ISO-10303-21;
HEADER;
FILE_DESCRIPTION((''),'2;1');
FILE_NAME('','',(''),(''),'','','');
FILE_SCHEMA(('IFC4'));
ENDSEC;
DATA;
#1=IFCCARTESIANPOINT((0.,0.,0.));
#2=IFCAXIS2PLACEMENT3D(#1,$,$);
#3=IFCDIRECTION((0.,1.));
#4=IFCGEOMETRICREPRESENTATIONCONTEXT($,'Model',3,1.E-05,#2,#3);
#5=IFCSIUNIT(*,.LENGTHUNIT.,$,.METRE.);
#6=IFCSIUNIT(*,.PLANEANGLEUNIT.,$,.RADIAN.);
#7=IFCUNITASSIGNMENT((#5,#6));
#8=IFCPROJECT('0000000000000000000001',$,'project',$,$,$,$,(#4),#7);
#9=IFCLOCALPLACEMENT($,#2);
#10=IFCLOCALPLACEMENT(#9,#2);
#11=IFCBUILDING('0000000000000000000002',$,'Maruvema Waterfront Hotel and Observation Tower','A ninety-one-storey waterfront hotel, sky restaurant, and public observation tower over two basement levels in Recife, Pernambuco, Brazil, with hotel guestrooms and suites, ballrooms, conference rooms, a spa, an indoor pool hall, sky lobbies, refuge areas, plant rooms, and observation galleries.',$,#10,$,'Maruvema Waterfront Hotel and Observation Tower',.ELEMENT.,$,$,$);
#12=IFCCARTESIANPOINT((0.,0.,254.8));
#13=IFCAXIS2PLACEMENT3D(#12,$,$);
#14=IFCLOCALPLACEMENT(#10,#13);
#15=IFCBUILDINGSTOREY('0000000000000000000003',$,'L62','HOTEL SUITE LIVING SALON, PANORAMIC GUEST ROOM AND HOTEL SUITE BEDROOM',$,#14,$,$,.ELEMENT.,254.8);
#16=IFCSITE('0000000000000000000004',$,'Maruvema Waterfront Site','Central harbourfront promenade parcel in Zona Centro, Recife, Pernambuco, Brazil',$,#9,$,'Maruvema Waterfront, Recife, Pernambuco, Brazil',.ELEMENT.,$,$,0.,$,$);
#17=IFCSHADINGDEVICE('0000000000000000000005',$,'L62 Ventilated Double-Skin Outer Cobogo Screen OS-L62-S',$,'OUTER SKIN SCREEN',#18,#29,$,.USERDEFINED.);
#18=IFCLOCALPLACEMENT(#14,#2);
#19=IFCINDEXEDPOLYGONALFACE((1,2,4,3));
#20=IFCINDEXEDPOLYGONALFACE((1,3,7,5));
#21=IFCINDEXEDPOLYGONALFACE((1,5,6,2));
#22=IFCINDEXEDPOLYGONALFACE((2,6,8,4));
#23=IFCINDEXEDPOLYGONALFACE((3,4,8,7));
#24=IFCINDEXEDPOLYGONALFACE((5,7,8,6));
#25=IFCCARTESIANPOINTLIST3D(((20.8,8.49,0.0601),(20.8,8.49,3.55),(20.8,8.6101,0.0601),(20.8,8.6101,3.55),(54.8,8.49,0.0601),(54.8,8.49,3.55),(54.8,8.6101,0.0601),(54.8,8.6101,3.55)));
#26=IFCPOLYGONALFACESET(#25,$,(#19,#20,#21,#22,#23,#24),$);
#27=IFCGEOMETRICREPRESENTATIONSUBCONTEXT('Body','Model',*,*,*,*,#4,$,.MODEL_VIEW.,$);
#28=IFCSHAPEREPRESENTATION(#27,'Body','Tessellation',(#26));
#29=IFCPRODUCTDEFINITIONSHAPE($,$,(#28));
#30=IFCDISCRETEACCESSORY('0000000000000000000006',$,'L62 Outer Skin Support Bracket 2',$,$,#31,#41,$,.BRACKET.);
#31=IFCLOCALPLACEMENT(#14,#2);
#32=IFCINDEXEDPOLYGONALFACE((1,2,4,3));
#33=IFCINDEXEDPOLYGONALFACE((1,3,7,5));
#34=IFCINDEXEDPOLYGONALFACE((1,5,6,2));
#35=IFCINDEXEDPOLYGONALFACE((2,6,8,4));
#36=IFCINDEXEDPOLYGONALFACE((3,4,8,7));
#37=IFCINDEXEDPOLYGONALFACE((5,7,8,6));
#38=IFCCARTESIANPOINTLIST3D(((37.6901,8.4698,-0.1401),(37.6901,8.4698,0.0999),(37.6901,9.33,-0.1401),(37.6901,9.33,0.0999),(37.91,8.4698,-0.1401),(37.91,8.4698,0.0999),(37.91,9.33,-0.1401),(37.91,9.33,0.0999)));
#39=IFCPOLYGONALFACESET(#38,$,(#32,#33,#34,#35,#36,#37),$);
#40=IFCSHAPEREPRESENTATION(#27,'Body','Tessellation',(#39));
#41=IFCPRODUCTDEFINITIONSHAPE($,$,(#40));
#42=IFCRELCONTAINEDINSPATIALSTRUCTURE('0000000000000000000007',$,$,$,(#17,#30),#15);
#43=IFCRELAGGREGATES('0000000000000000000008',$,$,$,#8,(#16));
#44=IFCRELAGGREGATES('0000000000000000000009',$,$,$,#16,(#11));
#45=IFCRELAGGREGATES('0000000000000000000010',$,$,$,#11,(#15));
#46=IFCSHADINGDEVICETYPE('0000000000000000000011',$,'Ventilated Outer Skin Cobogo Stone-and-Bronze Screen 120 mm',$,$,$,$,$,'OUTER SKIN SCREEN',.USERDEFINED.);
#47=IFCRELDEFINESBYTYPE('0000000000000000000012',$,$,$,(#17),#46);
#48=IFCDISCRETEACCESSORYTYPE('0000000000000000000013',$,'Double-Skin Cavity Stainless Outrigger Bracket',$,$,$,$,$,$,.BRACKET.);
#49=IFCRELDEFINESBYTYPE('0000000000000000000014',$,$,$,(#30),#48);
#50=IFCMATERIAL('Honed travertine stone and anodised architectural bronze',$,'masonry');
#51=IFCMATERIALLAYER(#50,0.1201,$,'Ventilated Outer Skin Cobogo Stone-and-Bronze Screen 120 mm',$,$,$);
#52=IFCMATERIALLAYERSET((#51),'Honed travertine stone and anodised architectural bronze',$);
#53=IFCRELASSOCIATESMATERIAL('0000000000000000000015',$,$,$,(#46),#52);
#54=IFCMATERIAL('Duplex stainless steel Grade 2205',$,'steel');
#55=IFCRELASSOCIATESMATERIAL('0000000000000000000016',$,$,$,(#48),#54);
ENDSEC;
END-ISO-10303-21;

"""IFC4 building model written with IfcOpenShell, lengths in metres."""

from ifc_helpers import new_model, si_unit, direction, frame, origin, origin_2d, place, context, subcontext, project, spatial, rectangle, extrude, material, layer, layer_set, type_object, element, save


model = new_model("IFC4")

# Units and contexts
model_context = context("Model", 3, precision=1e-05, world=origin(), true_north=direction((0.0, 1.0)))
body_context = subcontext(model_context, "Body", "Model", "MODEL_VIEW")
ifc_project = project(units=[si_unit("LENGTHUNIT", "METRE"), si_unit("PLANEANGLEUNIT", "RADIAN")], contexts=[model_context])

# Site, building, storey
site_placement = place(None, origin())
site = spatial("IfcSite", under=ifc_project, at=site_placement, Name="Maruvema Waterfront Site", Description="Central harbourfront promenade parcel in Zona Centro, Recife, Pernambuco, Brazil", LongName="Maruvema Waterfront, Recife, Pernambuco, Brazil", CompositionType="ELEMENT", RefElevation=0.0)
building_placement = place(site_placement, origin())
building = spatial("IfcBuilding", under=site, at=building_placement, Name="Maruvema Waterfront Hotel and Observation Tower", Description="A ninety-one-storey waterfront hotel, sky restaurant, and public observation tower over two basement levels in Recife, Pernambuco, Brazil, with hotel guestrooms and suites, ballrooms, conference rooms, a spa, an indoor pool hall, sky lobbies, refuge areas, plant rooms, and observation galleries.", LongName="Maruvema Waterfront Hotel and Observation Tower", CompositionType="ELEMENT")
storey_placement = place(building_placement, frame((0.0, 0.0, 254.8)))
storey = spatial("IfcBuildingStorey", under=building, at=storey_placement, Name="L62", Description="HOTEL SUITE LIVING SALON, PANORAMIC GUEST ROOM AND HOTEL SUITE BEDROOM", CompositionType="ELEMENT", Elevation=254.8)

# Shading device
ifc_material_1 = material(Name="Honed travertine stone and anodised architectural bronze", Category="masonry")
ifc_layer_1 = layer(ifc_material_1, 0.1201, Name="Ventilated Outer Skin Cobogo Stone-and-Bronze Screen 120 mm")
ifc_layer_set_1 = layer_set([ifc_layer_1], Name="Honed travertine stone and anodised architectural bronze")
shading_device_type = type_object("IfcShadingDeviceType", Name="Ventilated Outer Skin Cobogo Stone-and-Bronze Screen 120 mm", ElementType="OUTER SKIN SCREEN", PredefinedType="USERDEFINED", material=ifc_layer_set_1)
shading_device_placement = place(storey_placement, frame((37.8, 8.55, 0.0601), z_axis=(0.0, 0.0, 1.0), x_axis=(1.0, 0.0, 0.0)))
element("IfcShadingDevice", 1, at=shading_device_placement, inside=storey, type_object=shading_device_type, Name="L62 Ventilated Double-Skin Outer Cobogo Screen OS-L62-S", ObjectType="OUTER SKIN SCREEN", PredefinedType="USERDEFINED", context=body_context, shape_type="SweptSolid", body=[
    extrude(rectangle(XDim=34.0, YDim=0.1201, at=origin_2d()), origin(), (0.0, 0.0, 1.0), 3.49),
])

# Discrete accessory
ifc_material_2 = material(Name="Duplex stainless steel Grade 2205", Category="steel")
discrete_accessory_type = type_object("IfcDiscreteAccessoryType", Name="Double-Skin Cavity Stainless Outrigger Bracket", PredefinedType="BRACKET", material=ifc_material_2)
discrete_accessory_placement = place(storey_placement, frame((37.8, 8.8999, -0.1401), z_axis=(0.0, 0.0, 1.0), x_axis=(1.0, 0.0, 0.0)))
element("IfcDiscreteAccessory", 2, at=discrete_accessory_placement, inside=storey, type_object=discrete_accessory_type, Name="L62 Outer Skin Support Bracket 2", PredefinedType="BRACKET", context=body_context, shape_type="SweptSolid", body=[
    extrude(rectangle(XDim=0.22, YDim=0.8601, at=origin_2d()), origin(), (0.0, 0.0, 1.0), 0.24),
])

save(model, "model.ifc")
